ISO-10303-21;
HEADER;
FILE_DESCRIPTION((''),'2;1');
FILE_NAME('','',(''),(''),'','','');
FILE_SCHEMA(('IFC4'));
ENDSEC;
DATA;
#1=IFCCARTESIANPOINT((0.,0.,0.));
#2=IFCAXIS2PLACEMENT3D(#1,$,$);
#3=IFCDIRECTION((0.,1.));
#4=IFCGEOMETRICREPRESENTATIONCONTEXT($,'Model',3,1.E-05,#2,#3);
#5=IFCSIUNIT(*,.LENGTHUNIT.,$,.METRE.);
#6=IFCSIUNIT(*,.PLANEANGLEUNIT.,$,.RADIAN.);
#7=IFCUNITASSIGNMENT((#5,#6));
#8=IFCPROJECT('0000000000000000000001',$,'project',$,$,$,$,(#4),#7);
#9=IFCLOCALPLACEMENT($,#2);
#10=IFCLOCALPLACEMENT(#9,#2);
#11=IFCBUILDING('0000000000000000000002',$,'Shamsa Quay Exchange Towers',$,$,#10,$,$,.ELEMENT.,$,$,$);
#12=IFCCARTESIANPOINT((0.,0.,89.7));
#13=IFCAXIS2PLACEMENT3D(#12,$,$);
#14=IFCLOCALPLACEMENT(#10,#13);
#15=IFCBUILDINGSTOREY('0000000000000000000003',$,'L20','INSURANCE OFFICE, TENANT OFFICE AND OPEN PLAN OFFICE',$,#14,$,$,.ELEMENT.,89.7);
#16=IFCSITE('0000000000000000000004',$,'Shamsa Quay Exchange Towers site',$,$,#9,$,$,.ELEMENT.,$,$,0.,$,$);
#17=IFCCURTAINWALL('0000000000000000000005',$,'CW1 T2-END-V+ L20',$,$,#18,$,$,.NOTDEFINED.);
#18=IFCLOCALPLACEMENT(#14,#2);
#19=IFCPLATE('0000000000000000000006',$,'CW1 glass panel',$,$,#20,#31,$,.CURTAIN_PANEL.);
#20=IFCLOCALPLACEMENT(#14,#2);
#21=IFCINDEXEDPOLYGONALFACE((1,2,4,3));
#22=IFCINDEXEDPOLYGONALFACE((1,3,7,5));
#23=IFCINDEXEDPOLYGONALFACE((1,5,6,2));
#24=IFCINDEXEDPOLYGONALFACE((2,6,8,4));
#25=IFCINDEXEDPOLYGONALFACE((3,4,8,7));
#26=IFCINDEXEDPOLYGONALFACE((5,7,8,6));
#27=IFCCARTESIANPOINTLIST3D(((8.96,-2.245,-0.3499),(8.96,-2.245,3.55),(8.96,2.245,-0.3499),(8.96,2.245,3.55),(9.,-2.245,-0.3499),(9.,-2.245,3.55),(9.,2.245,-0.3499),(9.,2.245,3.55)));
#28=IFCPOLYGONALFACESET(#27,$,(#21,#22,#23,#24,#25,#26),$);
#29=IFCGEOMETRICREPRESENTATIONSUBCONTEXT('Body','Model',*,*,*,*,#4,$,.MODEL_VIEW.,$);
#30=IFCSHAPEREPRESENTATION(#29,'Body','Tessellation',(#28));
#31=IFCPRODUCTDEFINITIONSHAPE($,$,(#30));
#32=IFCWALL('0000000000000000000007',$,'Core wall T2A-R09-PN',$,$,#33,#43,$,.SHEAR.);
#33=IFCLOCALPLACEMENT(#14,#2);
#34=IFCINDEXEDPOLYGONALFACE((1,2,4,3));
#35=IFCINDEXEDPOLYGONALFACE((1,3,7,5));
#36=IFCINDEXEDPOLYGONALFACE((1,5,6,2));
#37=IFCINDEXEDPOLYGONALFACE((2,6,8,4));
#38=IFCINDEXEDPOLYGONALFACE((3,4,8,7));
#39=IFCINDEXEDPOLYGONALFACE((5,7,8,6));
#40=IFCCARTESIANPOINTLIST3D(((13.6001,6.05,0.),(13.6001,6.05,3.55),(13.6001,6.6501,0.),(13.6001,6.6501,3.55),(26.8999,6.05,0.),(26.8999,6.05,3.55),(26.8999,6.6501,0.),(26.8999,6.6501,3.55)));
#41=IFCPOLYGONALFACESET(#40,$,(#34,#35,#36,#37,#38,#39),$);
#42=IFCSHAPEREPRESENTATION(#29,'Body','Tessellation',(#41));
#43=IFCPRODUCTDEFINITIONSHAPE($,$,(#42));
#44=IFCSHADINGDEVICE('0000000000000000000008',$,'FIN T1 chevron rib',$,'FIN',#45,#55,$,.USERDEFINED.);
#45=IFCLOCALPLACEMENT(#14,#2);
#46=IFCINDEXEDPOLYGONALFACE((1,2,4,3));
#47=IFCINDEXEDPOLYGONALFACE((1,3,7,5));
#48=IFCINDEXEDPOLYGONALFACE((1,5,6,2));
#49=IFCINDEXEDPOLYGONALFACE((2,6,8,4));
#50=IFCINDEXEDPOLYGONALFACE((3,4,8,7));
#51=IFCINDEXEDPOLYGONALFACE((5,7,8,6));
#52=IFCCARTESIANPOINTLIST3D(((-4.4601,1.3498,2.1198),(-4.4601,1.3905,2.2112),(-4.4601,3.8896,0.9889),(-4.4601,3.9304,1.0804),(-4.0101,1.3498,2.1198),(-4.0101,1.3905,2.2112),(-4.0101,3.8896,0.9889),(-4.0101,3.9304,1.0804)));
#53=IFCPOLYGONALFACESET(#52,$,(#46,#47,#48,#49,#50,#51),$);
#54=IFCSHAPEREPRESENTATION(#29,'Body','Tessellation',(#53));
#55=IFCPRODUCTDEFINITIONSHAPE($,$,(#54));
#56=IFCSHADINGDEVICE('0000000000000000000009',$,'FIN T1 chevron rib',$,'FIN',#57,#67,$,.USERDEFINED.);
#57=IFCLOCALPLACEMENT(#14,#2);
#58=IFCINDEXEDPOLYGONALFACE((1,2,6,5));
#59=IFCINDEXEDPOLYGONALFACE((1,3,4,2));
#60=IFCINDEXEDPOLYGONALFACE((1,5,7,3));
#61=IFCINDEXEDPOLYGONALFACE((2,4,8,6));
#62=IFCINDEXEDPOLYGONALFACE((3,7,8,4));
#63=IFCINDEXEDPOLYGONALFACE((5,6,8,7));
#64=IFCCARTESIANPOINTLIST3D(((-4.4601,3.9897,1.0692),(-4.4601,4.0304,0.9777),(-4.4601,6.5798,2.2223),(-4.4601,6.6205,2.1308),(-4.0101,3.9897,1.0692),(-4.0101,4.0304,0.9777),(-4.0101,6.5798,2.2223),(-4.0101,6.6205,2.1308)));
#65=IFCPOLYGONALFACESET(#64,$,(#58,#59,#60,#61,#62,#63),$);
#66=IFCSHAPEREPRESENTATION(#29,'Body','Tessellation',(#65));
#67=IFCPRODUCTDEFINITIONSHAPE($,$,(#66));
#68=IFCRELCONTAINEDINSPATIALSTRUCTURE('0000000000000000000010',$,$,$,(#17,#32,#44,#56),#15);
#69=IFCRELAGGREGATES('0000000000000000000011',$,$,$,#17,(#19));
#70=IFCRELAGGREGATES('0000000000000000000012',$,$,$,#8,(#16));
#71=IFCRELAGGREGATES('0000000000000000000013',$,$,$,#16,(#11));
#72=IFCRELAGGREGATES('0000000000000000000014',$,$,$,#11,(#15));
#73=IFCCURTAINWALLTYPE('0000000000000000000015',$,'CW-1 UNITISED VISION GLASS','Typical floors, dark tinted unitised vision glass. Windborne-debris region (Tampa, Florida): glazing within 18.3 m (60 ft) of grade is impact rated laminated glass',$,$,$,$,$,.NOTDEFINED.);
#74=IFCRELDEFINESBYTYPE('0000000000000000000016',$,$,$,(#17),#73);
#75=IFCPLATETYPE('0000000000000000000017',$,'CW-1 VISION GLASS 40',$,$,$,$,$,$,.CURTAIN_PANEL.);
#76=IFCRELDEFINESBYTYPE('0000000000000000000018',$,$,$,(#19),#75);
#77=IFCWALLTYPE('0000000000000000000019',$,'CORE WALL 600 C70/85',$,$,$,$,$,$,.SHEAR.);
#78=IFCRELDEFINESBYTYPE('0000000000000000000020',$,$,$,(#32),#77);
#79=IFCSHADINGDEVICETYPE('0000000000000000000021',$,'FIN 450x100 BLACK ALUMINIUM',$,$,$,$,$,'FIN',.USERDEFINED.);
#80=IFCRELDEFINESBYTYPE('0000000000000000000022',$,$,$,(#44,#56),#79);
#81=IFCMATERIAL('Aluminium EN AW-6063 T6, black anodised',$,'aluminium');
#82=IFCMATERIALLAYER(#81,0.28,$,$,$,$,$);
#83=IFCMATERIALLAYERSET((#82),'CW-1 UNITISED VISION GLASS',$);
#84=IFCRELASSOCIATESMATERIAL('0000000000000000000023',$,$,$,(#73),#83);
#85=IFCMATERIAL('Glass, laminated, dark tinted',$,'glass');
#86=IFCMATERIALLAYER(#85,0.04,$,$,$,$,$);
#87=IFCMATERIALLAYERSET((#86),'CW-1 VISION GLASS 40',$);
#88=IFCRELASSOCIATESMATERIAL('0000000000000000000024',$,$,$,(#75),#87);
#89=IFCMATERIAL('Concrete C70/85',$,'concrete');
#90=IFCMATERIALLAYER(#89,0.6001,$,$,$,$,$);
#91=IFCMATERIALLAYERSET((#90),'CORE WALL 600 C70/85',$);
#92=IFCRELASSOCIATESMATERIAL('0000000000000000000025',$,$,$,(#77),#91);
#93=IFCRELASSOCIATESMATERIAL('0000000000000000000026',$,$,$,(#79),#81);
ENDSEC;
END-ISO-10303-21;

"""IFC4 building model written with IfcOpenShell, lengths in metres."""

from ifc_helpers import new_model, si_unit, direction, frame, frame_2d, origin, origin_2d, place, context, subcontext, project, spatial, rectangle, extrude, material, layer, layer_set, material_profile, profile_set, type_object, element, aggregate, save


model = new_model("IFC4")

# Units and contexts
model_context = context("Model", 3, precision=1e-05, world=origin(), true_north=direction((0.0, 1.0)))
body_context = subcontext(model_context, "Body", "Model", "MODEL_VIEW")
ifc_project = project(units=[si_unit("LENGTHUNIT", "METRE"), si_unit("PLANEANGLEUNIT", "RADIAN")], contexts=[model_context])

# Site, building, storey
site_placement = place(None, origin())
site = spatial("IfcSite", under=ifc_project, at=site_placement, Name="Shamsa Quay Exchange Towers site", CompositionType="ELEMENT", RefElevation=0.0)
building_placement = place(site_placement, origin())
building = spatial("IfcBuilding", under=site, at=building_placement, Name="Shamsa Quay Exchange Towers", CompositionType="ELEMENT")
storey_placement = place(building_placement, frame((0.0, 0.0, 89.7)))
storey = spatial("IfcBuildingStorey", under=building, at=storey_placement, Name="L20", Description="INSURANCE OFFICE, TENANT OFFICE AND OPEN PLAN OFFICE", CompositionType="ELEMENT", Elevation=89.7)

# Curtain wall
ifc_material_1 = material(Name="Aluminium EN AW-6063 T6, black anodised", Category="aluminium")
ifc_layer_1 = layer(ifc_material_1, 0.28)
ifc_layer_set_1 = layer_set([ifc_layer_1], Name="CW-1 UNITISED VISION GLASS")
curtain_wall_type = type_object("IfcCurtainWallType", Name="CW-1 UNITISED VISION GLASS", Description="Typical floors, dark tinted unitised vision glass. Windborne-debris region (Tampa, Florida): glazing within 18.3 m (60 ft) of grade is impact rated laminated glass", PredefinedType="NOTDEFINED", material=ifc_layer_set_1)
curtain_wall_1_placement = place(storey_placement, origin())
curtain_wall_1 = element("IfcCurtainWall", 1, at=curtain_wall_1_placement, inside=storey, type_object=curtain_wall_type, Name="CW1 T2-END-V+ L20", PredefinedType="NOTDEFINED")

# Shared definitions
ifc_material_2 = material(Name="Glass, laminated, dark tinted", Category="glass")
ifc_layer_2 = layer(ifc_material_2, 0.04)
ifc_layer_set_2 = layer_set([ifc_layer_2], Name="CW-1 VISION GLASS 40")
plate_type = type_object("IfcPlateType", Name="CW-1 VISION GLASS 40", PredefinedType="CURTAIN_PANEL", material=ifc_layer_set_2)

# Plate
plate_1_placement = place(storey_placement, frame((8.98, 0.0, -0.3499), z_axis=(0.0, 0.0, 1.0), x_axis=(0.0, -1.0, 0.0)))
plate_1 = element("IfcPlate", 2, at=plate_1_placement, type_object=plate_type, Name="CW1 glass panel", PredefinedType="CURTAIN_PANEL", context=body_context, shape_type="SweptSolid", body=[
    extrude(rectangle(XDim=4.49, YDim=0.04, at=origin_2d()), origin(), (0.0, 0.0, 1.0), 3.8999),
])
aggregate(curtain_wall_1, [plate_1])

# Wall
ifc_material_3 = material(Name="Concrete C70/85", Category="concrete")
ifc_layer_3 = layer(ifc_material_3, 0.6001)
ifc_layer_set_3 = layer_set([ifc_layer_3], Name="CORE WALL 600 C70/85")
wall_type = type_object("IfcWallType", Name="CORE WALL 600 C70/85", PredefinedType="SHEAR", material=ifc_layer_set_3)
wall_1_placement = place(storey_placement, frame((13.6001, 6.3501, 0.0)))
element("IfcWall", 3, at=wall_1_placement, inside=storey, type_object=wall_type, Name="Core wall T2A-R09-PN", PredefinedType="SHEAR", context=body_context, shape_type="SweptSolid", body=[
    extrude(rectangle(XDim=13.2998, YDim=0.6001, at=frame_2d((6.6499, 0.0))), origin(), (0.0, 0.0, 1.0), 3.55),
])

# Shading devices
ifc_material_profile_1 = material_profile(ifc_material_1, rectangle(XDim=0.45, YDim=0.1001, at=origin_2d()), Name="FIN450x100")
ifc_profile_set_1 = profile_set([ifc_material_profile_1], Name="Aluminium EN AW-6063 T6, black anodised")
shading_device_type = type_object("IfcShadingDeviceType", Name="FIN 450x100 BLACK ALUMINIUM", ElementType="FIN", PredefinedType="USERDEFINED", material=ifc_profile_set_1)
shading_device_1_placement = place(storey_placement, frame((-4.2351, 1.3701, 2.1655), z_axis=(0.0, 0.913536, -0.406758), x_axis=(-1.0, 0.0, 0.0)))
element("IfcShadingDevice", 4, at=shading_device_1_placement, inside=storey, type_object=shading_device_type, Name="FIN T1 chevron rib", ObjectType="FIN", PredefinedType="USERDEFINED", context=body_context, shape_type="SweptSolid", body=[
    extrude(rectangle(XDim=0.45, YDim=0.1001, at=origin_2d()), origin(), (0.0, 0.0, 1.0), 2.7803),
])
shading_device_2_placement = place(storey_placement, frame((-4.2351, 4.01, 1.0234), z_axis=(0.0, 0.913559, 0.406706), x_axis=(-1.0, 0.0, 0.0)))
element("IfcShadingDevice", 5, at=shading_device_2_placement, inside=storey, type_object=shading_device_type, Name="FIN T1 chevron rib", ObjectType="FIN", PredefinedType="USERDEFINED", context=body_context, shape_type="SweptSolid", body=[
    extrude(rectangle(XDim=0.45, YDim=0.1001, at=origin_2d()), origin(), (0.0, 0.0, 1.0), 2.8352),
])

save(model, "model.ifc")
